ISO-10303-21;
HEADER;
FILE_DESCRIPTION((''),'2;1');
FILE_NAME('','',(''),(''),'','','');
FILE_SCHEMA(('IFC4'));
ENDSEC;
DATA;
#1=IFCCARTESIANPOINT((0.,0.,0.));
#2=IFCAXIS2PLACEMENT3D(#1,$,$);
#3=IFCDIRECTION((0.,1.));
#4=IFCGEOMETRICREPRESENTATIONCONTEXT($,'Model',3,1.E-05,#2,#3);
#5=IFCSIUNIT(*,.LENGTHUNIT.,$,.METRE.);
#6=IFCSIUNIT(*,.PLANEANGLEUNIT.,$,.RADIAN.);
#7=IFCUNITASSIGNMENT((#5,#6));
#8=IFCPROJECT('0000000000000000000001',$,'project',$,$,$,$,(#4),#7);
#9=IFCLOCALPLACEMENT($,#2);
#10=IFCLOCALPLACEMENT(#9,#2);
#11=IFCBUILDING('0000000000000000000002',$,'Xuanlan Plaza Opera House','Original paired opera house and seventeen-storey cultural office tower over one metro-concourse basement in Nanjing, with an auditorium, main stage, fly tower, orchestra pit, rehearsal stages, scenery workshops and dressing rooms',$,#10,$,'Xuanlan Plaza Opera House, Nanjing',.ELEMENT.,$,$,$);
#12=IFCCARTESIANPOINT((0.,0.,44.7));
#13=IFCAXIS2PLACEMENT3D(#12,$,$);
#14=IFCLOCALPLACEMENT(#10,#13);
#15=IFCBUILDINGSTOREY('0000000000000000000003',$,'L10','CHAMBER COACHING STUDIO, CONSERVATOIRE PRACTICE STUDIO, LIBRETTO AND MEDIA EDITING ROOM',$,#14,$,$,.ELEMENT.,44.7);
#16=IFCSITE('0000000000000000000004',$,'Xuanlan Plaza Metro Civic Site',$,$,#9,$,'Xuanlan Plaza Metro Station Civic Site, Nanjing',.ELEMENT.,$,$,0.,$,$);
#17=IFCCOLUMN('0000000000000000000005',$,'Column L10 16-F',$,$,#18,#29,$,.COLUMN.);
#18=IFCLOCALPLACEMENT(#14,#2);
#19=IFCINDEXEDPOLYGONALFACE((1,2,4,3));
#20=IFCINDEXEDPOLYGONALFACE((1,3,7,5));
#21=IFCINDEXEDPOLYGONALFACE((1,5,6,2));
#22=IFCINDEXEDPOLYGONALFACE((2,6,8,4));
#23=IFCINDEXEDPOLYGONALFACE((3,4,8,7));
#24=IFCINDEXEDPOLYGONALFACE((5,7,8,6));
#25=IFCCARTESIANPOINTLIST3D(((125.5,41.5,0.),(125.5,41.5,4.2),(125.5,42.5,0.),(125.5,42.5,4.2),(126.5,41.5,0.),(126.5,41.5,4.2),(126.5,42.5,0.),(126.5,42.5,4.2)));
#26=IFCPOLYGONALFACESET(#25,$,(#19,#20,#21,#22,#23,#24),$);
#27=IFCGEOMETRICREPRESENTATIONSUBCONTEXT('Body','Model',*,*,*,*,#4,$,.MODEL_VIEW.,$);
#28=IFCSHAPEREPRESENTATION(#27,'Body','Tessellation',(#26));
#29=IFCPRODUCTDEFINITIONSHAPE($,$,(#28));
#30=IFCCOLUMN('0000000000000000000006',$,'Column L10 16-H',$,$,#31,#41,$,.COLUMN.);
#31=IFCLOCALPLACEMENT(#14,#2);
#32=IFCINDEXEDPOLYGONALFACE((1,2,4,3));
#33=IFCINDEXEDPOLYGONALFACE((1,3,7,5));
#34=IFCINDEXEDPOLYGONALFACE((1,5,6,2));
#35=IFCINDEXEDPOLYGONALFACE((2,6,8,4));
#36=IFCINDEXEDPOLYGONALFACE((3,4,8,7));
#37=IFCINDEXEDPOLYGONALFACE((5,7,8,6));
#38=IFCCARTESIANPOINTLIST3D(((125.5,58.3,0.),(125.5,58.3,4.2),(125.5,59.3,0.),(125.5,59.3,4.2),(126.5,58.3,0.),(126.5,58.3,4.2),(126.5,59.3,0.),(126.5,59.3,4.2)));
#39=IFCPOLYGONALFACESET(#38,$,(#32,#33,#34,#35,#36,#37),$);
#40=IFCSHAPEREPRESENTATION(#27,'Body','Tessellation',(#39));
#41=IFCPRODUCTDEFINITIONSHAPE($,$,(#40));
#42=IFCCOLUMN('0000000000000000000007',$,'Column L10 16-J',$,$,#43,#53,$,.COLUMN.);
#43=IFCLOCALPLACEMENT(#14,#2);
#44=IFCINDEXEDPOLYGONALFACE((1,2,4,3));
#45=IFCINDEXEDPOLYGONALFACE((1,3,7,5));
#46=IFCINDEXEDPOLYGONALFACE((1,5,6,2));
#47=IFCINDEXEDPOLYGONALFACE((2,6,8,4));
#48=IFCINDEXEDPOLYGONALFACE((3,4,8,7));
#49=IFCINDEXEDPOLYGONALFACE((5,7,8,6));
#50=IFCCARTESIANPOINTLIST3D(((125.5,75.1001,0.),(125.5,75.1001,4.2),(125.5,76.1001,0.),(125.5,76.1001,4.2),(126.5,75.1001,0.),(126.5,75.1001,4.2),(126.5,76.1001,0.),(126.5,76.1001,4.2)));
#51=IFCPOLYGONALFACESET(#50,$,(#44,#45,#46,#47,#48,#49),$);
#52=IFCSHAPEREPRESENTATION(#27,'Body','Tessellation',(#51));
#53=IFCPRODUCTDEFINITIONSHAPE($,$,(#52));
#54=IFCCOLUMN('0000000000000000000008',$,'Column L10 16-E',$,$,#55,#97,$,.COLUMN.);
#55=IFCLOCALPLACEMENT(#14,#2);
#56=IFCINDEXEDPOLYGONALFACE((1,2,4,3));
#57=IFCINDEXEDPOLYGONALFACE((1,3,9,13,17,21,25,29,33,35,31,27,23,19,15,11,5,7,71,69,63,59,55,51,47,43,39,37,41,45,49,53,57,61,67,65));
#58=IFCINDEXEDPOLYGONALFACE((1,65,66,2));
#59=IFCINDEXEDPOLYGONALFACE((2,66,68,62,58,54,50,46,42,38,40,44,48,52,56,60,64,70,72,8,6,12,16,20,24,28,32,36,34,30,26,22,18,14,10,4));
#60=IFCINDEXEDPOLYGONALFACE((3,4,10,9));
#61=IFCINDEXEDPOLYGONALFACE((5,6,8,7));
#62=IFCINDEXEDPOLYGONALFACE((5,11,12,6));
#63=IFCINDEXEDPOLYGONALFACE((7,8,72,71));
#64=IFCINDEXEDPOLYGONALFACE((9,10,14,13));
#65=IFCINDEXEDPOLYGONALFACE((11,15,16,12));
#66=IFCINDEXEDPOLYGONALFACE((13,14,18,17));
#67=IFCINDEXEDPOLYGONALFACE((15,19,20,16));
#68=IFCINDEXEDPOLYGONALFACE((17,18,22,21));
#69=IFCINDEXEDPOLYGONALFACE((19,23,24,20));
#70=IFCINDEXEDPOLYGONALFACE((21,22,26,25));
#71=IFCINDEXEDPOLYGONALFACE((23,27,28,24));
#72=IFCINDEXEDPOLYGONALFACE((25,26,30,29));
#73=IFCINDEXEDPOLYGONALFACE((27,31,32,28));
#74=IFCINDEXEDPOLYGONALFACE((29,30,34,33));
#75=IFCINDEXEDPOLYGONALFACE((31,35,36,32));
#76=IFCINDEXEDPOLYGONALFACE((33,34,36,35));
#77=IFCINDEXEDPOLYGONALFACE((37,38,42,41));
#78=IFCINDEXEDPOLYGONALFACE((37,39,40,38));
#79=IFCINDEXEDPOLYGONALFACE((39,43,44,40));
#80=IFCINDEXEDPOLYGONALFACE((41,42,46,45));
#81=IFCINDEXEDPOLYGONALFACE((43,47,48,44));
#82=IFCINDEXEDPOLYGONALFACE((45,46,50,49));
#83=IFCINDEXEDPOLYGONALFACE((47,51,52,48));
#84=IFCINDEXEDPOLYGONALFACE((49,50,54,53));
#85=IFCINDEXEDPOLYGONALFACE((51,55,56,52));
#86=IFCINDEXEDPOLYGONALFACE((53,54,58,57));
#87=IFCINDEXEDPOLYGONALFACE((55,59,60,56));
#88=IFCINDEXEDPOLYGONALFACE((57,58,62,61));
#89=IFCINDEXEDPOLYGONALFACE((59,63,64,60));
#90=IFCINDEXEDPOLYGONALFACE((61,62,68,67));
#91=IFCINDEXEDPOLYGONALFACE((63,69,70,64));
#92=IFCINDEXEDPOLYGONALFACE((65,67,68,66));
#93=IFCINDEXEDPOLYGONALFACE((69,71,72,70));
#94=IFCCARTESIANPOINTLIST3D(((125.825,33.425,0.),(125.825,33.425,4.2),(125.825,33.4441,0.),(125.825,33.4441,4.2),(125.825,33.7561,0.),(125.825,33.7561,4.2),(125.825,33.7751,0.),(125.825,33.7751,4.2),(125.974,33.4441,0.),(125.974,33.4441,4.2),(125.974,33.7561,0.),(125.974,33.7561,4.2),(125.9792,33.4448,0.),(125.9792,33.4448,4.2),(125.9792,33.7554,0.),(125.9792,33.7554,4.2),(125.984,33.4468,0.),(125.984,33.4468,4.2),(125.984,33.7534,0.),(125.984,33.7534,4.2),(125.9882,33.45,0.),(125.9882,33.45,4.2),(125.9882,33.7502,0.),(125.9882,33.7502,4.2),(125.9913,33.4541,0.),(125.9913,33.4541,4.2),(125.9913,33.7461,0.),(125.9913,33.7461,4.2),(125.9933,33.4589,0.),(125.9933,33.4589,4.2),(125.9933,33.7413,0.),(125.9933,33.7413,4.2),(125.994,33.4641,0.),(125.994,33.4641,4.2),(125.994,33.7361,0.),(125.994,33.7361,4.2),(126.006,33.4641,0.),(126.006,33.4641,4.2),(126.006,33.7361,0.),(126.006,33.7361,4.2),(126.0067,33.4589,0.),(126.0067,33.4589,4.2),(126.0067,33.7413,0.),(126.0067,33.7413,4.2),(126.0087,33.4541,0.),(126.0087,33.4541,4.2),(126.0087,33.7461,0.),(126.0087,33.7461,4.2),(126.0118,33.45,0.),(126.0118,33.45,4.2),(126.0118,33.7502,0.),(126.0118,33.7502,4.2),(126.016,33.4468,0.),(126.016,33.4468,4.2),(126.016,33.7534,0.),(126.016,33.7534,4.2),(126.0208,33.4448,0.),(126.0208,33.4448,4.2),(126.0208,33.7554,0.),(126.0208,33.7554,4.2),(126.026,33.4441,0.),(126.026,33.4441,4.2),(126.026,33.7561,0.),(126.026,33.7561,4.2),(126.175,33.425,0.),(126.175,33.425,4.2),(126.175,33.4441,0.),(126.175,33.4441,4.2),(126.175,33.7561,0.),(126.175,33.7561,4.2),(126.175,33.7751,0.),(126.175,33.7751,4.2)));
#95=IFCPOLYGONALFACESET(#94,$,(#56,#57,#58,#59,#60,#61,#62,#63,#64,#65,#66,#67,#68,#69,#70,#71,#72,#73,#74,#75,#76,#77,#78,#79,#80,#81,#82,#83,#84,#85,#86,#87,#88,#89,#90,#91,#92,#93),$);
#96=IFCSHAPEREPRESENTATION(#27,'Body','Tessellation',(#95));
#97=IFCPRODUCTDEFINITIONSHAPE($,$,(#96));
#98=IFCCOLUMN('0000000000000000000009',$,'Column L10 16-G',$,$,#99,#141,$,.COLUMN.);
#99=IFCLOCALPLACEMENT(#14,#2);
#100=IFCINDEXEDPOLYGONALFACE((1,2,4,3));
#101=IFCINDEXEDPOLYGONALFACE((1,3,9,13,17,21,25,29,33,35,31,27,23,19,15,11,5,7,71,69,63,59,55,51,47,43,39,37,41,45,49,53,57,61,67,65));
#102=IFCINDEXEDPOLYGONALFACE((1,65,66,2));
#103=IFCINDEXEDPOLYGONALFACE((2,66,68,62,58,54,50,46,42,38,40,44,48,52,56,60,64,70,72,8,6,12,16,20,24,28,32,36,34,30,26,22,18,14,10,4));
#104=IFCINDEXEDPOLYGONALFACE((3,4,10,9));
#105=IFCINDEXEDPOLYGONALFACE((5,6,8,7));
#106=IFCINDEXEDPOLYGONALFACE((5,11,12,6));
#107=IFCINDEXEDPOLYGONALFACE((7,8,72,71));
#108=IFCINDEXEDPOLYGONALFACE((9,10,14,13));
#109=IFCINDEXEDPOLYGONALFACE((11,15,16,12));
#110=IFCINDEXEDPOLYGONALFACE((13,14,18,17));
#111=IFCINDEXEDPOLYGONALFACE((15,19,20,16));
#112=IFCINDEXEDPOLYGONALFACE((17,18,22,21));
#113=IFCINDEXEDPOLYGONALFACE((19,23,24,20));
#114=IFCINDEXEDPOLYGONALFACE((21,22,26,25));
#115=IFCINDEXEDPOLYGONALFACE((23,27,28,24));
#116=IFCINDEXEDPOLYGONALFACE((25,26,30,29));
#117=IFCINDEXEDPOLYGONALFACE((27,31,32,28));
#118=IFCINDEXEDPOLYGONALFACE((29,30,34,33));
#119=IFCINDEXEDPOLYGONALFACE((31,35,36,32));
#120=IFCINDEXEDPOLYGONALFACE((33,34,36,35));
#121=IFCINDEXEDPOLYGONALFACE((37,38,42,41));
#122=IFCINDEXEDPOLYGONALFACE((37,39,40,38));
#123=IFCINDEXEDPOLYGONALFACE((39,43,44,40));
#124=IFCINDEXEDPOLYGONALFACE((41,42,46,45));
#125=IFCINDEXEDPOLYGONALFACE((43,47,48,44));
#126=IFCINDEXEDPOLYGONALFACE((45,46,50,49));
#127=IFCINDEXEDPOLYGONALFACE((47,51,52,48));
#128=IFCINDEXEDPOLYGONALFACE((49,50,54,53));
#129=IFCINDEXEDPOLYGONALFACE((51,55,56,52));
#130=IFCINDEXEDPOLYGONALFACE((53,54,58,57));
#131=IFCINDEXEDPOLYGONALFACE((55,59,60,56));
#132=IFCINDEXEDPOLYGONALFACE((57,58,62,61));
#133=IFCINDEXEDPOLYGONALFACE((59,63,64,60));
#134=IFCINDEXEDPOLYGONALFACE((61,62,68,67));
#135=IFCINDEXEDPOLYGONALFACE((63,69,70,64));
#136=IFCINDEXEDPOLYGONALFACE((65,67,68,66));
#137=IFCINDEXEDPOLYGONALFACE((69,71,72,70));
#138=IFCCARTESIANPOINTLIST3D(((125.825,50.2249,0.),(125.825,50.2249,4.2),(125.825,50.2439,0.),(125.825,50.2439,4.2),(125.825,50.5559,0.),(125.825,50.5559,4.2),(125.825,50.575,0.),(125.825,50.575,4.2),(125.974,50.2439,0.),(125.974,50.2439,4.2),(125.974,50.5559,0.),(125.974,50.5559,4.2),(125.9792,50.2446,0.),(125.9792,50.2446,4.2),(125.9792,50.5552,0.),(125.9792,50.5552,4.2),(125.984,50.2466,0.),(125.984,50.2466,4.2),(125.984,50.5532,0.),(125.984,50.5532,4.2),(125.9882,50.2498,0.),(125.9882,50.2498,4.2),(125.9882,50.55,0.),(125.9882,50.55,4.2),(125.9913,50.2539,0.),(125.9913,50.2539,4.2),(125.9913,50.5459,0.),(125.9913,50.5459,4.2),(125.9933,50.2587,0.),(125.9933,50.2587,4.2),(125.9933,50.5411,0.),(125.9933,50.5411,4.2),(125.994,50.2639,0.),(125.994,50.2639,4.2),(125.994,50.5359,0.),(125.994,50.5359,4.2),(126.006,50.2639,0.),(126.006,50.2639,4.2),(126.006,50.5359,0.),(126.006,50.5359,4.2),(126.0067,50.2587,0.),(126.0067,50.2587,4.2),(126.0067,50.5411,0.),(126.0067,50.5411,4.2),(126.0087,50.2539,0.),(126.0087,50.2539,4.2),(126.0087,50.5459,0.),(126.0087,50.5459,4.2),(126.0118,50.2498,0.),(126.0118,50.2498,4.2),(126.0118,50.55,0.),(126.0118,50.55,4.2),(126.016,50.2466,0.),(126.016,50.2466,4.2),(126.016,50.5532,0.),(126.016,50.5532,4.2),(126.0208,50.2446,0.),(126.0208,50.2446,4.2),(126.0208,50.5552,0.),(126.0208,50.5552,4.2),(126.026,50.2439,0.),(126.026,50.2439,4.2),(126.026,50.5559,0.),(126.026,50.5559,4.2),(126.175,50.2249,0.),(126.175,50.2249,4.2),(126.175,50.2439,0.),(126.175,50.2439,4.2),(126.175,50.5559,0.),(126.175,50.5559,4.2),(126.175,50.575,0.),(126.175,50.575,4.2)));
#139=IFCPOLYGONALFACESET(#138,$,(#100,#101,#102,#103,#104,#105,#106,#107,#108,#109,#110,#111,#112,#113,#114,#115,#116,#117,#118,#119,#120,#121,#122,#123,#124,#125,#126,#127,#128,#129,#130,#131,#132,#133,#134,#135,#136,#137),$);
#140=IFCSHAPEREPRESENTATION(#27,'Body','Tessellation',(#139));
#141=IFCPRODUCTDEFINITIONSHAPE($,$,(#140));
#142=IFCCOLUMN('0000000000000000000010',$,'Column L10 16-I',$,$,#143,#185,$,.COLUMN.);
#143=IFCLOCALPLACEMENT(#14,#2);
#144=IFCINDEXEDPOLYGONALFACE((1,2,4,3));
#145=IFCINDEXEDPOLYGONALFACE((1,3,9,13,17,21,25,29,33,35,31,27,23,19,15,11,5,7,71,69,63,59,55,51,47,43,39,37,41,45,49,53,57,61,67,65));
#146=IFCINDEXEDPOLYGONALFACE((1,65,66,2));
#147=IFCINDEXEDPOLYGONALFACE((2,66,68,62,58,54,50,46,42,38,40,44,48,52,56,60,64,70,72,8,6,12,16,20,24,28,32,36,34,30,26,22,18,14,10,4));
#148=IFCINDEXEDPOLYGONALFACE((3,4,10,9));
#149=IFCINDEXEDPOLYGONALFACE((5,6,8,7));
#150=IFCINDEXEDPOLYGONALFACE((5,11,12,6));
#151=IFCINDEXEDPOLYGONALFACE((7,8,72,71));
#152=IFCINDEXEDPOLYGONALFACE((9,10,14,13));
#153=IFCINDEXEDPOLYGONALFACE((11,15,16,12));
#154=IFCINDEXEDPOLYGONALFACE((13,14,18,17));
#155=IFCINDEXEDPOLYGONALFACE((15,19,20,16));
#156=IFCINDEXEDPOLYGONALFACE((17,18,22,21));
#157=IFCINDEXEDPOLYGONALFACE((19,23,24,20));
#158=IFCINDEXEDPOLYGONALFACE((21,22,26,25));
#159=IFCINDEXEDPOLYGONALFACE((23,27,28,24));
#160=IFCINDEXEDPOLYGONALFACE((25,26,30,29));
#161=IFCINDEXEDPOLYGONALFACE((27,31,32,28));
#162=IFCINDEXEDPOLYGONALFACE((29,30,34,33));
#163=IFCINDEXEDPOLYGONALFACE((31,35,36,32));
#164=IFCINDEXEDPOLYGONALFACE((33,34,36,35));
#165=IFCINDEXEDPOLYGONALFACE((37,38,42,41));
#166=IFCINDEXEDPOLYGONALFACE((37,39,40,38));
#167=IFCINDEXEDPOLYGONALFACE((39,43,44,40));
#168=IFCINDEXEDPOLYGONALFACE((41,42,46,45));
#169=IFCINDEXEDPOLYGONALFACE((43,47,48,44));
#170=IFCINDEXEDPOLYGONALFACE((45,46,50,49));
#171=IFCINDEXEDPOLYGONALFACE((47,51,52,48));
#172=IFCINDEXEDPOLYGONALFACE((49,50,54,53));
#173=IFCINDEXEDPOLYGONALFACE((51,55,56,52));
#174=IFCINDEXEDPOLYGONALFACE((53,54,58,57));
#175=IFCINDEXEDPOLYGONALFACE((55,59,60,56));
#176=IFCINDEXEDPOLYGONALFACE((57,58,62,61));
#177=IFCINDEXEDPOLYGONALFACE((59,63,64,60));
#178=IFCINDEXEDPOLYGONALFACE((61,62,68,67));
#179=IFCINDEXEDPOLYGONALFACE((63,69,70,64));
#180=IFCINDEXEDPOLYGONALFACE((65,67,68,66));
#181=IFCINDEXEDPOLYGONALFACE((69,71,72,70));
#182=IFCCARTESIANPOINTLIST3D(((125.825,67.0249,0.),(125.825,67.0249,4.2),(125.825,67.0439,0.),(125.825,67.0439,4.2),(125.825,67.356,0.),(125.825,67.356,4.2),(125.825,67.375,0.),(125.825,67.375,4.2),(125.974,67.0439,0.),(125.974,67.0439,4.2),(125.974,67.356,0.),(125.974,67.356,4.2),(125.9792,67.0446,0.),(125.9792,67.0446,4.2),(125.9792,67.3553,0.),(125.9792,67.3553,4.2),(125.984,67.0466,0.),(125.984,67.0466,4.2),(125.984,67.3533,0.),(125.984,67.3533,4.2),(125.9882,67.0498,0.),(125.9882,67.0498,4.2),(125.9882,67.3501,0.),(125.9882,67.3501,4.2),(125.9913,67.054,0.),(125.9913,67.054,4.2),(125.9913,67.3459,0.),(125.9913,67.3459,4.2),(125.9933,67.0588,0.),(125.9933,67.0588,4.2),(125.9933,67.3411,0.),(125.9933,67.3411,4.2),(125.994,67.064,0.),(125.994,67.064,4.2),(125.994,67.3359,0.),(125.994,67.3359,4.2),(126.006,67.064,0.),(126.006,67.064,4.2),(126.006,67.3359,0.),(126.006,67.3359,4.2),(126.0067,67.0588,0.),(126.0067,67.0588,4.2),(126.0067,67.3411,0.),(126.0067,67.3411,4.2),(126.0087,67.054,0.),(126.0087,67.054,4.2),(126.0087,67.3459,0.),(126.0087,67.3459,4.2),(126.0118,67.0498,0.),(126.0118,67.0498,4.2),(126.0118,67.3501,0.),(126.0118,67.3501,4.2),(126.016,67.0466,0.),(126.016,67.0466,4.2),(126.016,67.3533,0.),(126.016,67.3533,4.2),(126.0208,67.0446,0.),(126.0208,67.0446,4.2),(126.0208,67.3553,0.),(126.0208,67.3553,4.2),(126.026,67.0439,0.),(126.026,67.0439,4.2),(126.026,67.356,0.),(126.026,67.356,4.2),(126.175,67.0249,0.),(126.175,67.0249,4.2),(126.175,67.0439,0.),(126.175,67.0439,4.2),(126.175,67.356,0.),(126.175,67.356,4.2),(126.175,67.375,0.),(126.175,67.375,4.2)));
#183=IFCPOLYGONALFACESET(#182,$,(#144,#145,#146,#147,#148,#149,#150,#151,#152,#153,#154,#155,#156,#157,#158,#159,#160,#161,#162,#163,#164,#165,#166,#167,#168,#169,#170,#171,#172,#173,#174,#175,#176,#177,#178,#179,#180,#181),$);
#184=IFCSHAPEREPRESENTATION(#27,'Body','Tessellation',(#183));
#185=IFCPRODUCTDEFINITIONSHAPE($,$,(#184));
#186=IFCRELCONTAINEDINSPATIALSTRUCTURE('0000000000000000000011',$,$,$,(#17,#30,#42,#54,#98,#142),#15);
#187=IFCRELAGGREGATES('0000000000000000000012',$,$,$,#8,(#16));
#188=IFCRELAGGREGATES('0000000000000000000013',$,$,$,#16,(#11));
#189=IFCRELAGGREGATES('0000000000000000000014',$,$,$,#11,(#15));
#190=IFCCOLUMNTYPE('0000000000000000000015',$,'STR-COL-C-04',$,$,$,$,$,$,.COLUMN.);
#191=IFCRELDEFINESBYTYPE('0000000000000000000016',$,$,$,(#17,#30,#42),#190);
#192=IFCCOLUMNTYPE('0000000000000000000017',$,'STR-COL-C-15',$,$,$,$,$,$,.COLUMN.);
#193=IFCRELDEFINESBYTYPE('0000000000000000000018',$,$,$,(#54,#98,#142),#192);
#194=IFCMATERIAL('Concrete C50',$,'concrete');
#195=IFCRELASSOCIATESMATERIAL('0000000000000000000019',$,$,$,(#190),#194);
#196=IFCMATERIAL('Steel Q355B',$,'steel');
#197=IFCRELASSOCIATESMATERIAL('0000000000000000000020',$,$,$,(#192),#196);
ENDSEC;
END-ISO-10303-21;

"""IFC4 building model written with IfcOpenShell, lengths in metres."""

from ifc_helpers import new_model, si_unit, direction, frame, origin, origin_2d, place, context, subcontext, project, spatial, rectangle, i_section, extrude, material, material_profile, profile_set, type_object, element, save


model = new_model("IFC4")

# Units and contexts
model_context = context("Model", 3, precision=1e-05, world=origin(), true_north=direction((0.0, 1.0)))
body_context = subcontext(model_context, "Body", "Model", "MODEL_VIEW")
ifc_project = project(units=[si_unit("LENGTHUNIT", "METRE"), si_unit("PLANEANGLEUNIT", "RADIAN")], contexts=[model_context])

# Site, building, storey
site_placement = place(None, origin())
site = spatial("IfcSite", under=ifc_project, at=site_placement, Name="Xuanlan Plaza Metro Civic Site", LongName="Xuanlan Plaza Metro Station Civic Site, Nanjing", CompositionType="ELEMENT", RefElevation=0.0)
building_placement = place(site_placement, origin())
building = spatial("IfcBuilding", under=site, at=building_placement, Name="Xuanlan Plaza Opera House", Description="Original paired opera house and seventeen-storey cultural office tower over one metro-concourse basement in Nanjing, with an auditorium, main stage, fly tower, orchestra pit, rehearsal stages, scenery workshops and dressing rooms", LongName="Xuanlan Plaza Opera House, Nanjing", CompositionType="ELEMENT")
storey_placement = place(building_placement, frame((0.0, 0.0, 44.7)))
storey = spatial("IfcBuildingStorey", under=building, at=storey_placement, Name="L10", Description="CHAMBER COACHING STUDIO, CONSERVATOIRE PRACTICE STUDIO, LIBRETTO AND MEDIA EDITING ROOM", CompositionType="ELEMENT", Elevation=44.7)

# Columns
ifc_material_1 = material(Name="Concrete C50", Category="concrete")
ifc_material_profile_1 = material_profile(ifc_material_1, rectangle(XDim=1.0, YDim=1.0, at=origin_2d()), Name="RC-COL 1000x1000")
ifc_profile_set_1 = profile_set([ifc_material_profile_1], Name="Concrete C50")
column_type_1 = type_object("IfcColumnType", Name="STR-COL-C-04", PredefinedType="COLUMN", material=ifc_profile_set_1)
for number, where, z_axis, x_axis, name in (
    (1, (126.0, 42.0, 0.0), (0.0, 0.0, 1.0), (1.0, 0.0, 0.0), "Column L10 16-F"),
    (2, (126.0, 58.8, 0.0), (0.0, 0.0, 1.0), (1.0, 0.0, 0.0), "Column L10 16-H"),
    (3, (126.0, 75.6001, 0.0), (0.0, 0.0, 1.0), (1.0, 0.0, 0.0), "Column L10 16-J"),
):
    element("IfcColumn", number, at=place(storey_placement, frame(where, z_axis=z_axis, x_axis=x_axis)), inside=storey, type_object=column_type_1, Name=name, PredefinedType="COLUMN", context=body_context, shape_type="SweptSolid", body=[
        extrude(rectangle(XDim=1.0, YDim=1.0, at=origin_2d()), origin(), (0.0, 0.0, 1.0), 4.2),
    ])
ifc_material_2 = material(Name="Steel Q355B", Category="steel")
ifc_material_profile_2 = material_profile(ifc_material_2, i_section(OverallWidth=0.3501, OverallDepth=0.3501, WebThickness=0.012, FlangeThickness=0.019, FilletRadius=0.02, at=origin_2d()), Name="HW 350x350x12x19")
ifc_profile_set_2 = profile_set([ifc_material_profile_2], Name="Steel Q355B")
column_type_2 = type_object("IfcColumnType", Name="STR-COL-C-15", PredefinedType="COLUMN", material=ifc_profile_set_2)
for number, where, z_axis, x_axis, name in (
    (4, (126.0, 33.6001, 0.0), (0.0, 0.0, 1.0), (1.0, 0.0, 0.0), "Column L10 16-E"),
    (5, (126.0, 50.3999, 0.0), (0.0, 0.0, 1.0), (1.0, 0.0, 0.0), "Column L10 16-G"),
    (6, (126.0, 67.2, 0.0), (0.0, 0.0, 1.0), (1.0, 0.0, 0.0), "Column L10 16-I"),
):
    element("IfcColumn", number, at=place(storey_placement, frame(where, z_axis=z_axis, x_axis=x_axis)), inside=storey, type_object=column_type_2, Name=name, PredefinedType="COLUMN", context=body_context, shape_type="SweptSolid", body=[
        extrude(i_section(OverallWidth=0.3501, OverallDepth=0.3501, WebThickness=0.012, FlangeThickness=0.019, FilletRadius=0.02, at=origin_2d()), origin(), (0.0, 0.0, 1.0), 4.2),
    ])

save(model, "model.ifc")
